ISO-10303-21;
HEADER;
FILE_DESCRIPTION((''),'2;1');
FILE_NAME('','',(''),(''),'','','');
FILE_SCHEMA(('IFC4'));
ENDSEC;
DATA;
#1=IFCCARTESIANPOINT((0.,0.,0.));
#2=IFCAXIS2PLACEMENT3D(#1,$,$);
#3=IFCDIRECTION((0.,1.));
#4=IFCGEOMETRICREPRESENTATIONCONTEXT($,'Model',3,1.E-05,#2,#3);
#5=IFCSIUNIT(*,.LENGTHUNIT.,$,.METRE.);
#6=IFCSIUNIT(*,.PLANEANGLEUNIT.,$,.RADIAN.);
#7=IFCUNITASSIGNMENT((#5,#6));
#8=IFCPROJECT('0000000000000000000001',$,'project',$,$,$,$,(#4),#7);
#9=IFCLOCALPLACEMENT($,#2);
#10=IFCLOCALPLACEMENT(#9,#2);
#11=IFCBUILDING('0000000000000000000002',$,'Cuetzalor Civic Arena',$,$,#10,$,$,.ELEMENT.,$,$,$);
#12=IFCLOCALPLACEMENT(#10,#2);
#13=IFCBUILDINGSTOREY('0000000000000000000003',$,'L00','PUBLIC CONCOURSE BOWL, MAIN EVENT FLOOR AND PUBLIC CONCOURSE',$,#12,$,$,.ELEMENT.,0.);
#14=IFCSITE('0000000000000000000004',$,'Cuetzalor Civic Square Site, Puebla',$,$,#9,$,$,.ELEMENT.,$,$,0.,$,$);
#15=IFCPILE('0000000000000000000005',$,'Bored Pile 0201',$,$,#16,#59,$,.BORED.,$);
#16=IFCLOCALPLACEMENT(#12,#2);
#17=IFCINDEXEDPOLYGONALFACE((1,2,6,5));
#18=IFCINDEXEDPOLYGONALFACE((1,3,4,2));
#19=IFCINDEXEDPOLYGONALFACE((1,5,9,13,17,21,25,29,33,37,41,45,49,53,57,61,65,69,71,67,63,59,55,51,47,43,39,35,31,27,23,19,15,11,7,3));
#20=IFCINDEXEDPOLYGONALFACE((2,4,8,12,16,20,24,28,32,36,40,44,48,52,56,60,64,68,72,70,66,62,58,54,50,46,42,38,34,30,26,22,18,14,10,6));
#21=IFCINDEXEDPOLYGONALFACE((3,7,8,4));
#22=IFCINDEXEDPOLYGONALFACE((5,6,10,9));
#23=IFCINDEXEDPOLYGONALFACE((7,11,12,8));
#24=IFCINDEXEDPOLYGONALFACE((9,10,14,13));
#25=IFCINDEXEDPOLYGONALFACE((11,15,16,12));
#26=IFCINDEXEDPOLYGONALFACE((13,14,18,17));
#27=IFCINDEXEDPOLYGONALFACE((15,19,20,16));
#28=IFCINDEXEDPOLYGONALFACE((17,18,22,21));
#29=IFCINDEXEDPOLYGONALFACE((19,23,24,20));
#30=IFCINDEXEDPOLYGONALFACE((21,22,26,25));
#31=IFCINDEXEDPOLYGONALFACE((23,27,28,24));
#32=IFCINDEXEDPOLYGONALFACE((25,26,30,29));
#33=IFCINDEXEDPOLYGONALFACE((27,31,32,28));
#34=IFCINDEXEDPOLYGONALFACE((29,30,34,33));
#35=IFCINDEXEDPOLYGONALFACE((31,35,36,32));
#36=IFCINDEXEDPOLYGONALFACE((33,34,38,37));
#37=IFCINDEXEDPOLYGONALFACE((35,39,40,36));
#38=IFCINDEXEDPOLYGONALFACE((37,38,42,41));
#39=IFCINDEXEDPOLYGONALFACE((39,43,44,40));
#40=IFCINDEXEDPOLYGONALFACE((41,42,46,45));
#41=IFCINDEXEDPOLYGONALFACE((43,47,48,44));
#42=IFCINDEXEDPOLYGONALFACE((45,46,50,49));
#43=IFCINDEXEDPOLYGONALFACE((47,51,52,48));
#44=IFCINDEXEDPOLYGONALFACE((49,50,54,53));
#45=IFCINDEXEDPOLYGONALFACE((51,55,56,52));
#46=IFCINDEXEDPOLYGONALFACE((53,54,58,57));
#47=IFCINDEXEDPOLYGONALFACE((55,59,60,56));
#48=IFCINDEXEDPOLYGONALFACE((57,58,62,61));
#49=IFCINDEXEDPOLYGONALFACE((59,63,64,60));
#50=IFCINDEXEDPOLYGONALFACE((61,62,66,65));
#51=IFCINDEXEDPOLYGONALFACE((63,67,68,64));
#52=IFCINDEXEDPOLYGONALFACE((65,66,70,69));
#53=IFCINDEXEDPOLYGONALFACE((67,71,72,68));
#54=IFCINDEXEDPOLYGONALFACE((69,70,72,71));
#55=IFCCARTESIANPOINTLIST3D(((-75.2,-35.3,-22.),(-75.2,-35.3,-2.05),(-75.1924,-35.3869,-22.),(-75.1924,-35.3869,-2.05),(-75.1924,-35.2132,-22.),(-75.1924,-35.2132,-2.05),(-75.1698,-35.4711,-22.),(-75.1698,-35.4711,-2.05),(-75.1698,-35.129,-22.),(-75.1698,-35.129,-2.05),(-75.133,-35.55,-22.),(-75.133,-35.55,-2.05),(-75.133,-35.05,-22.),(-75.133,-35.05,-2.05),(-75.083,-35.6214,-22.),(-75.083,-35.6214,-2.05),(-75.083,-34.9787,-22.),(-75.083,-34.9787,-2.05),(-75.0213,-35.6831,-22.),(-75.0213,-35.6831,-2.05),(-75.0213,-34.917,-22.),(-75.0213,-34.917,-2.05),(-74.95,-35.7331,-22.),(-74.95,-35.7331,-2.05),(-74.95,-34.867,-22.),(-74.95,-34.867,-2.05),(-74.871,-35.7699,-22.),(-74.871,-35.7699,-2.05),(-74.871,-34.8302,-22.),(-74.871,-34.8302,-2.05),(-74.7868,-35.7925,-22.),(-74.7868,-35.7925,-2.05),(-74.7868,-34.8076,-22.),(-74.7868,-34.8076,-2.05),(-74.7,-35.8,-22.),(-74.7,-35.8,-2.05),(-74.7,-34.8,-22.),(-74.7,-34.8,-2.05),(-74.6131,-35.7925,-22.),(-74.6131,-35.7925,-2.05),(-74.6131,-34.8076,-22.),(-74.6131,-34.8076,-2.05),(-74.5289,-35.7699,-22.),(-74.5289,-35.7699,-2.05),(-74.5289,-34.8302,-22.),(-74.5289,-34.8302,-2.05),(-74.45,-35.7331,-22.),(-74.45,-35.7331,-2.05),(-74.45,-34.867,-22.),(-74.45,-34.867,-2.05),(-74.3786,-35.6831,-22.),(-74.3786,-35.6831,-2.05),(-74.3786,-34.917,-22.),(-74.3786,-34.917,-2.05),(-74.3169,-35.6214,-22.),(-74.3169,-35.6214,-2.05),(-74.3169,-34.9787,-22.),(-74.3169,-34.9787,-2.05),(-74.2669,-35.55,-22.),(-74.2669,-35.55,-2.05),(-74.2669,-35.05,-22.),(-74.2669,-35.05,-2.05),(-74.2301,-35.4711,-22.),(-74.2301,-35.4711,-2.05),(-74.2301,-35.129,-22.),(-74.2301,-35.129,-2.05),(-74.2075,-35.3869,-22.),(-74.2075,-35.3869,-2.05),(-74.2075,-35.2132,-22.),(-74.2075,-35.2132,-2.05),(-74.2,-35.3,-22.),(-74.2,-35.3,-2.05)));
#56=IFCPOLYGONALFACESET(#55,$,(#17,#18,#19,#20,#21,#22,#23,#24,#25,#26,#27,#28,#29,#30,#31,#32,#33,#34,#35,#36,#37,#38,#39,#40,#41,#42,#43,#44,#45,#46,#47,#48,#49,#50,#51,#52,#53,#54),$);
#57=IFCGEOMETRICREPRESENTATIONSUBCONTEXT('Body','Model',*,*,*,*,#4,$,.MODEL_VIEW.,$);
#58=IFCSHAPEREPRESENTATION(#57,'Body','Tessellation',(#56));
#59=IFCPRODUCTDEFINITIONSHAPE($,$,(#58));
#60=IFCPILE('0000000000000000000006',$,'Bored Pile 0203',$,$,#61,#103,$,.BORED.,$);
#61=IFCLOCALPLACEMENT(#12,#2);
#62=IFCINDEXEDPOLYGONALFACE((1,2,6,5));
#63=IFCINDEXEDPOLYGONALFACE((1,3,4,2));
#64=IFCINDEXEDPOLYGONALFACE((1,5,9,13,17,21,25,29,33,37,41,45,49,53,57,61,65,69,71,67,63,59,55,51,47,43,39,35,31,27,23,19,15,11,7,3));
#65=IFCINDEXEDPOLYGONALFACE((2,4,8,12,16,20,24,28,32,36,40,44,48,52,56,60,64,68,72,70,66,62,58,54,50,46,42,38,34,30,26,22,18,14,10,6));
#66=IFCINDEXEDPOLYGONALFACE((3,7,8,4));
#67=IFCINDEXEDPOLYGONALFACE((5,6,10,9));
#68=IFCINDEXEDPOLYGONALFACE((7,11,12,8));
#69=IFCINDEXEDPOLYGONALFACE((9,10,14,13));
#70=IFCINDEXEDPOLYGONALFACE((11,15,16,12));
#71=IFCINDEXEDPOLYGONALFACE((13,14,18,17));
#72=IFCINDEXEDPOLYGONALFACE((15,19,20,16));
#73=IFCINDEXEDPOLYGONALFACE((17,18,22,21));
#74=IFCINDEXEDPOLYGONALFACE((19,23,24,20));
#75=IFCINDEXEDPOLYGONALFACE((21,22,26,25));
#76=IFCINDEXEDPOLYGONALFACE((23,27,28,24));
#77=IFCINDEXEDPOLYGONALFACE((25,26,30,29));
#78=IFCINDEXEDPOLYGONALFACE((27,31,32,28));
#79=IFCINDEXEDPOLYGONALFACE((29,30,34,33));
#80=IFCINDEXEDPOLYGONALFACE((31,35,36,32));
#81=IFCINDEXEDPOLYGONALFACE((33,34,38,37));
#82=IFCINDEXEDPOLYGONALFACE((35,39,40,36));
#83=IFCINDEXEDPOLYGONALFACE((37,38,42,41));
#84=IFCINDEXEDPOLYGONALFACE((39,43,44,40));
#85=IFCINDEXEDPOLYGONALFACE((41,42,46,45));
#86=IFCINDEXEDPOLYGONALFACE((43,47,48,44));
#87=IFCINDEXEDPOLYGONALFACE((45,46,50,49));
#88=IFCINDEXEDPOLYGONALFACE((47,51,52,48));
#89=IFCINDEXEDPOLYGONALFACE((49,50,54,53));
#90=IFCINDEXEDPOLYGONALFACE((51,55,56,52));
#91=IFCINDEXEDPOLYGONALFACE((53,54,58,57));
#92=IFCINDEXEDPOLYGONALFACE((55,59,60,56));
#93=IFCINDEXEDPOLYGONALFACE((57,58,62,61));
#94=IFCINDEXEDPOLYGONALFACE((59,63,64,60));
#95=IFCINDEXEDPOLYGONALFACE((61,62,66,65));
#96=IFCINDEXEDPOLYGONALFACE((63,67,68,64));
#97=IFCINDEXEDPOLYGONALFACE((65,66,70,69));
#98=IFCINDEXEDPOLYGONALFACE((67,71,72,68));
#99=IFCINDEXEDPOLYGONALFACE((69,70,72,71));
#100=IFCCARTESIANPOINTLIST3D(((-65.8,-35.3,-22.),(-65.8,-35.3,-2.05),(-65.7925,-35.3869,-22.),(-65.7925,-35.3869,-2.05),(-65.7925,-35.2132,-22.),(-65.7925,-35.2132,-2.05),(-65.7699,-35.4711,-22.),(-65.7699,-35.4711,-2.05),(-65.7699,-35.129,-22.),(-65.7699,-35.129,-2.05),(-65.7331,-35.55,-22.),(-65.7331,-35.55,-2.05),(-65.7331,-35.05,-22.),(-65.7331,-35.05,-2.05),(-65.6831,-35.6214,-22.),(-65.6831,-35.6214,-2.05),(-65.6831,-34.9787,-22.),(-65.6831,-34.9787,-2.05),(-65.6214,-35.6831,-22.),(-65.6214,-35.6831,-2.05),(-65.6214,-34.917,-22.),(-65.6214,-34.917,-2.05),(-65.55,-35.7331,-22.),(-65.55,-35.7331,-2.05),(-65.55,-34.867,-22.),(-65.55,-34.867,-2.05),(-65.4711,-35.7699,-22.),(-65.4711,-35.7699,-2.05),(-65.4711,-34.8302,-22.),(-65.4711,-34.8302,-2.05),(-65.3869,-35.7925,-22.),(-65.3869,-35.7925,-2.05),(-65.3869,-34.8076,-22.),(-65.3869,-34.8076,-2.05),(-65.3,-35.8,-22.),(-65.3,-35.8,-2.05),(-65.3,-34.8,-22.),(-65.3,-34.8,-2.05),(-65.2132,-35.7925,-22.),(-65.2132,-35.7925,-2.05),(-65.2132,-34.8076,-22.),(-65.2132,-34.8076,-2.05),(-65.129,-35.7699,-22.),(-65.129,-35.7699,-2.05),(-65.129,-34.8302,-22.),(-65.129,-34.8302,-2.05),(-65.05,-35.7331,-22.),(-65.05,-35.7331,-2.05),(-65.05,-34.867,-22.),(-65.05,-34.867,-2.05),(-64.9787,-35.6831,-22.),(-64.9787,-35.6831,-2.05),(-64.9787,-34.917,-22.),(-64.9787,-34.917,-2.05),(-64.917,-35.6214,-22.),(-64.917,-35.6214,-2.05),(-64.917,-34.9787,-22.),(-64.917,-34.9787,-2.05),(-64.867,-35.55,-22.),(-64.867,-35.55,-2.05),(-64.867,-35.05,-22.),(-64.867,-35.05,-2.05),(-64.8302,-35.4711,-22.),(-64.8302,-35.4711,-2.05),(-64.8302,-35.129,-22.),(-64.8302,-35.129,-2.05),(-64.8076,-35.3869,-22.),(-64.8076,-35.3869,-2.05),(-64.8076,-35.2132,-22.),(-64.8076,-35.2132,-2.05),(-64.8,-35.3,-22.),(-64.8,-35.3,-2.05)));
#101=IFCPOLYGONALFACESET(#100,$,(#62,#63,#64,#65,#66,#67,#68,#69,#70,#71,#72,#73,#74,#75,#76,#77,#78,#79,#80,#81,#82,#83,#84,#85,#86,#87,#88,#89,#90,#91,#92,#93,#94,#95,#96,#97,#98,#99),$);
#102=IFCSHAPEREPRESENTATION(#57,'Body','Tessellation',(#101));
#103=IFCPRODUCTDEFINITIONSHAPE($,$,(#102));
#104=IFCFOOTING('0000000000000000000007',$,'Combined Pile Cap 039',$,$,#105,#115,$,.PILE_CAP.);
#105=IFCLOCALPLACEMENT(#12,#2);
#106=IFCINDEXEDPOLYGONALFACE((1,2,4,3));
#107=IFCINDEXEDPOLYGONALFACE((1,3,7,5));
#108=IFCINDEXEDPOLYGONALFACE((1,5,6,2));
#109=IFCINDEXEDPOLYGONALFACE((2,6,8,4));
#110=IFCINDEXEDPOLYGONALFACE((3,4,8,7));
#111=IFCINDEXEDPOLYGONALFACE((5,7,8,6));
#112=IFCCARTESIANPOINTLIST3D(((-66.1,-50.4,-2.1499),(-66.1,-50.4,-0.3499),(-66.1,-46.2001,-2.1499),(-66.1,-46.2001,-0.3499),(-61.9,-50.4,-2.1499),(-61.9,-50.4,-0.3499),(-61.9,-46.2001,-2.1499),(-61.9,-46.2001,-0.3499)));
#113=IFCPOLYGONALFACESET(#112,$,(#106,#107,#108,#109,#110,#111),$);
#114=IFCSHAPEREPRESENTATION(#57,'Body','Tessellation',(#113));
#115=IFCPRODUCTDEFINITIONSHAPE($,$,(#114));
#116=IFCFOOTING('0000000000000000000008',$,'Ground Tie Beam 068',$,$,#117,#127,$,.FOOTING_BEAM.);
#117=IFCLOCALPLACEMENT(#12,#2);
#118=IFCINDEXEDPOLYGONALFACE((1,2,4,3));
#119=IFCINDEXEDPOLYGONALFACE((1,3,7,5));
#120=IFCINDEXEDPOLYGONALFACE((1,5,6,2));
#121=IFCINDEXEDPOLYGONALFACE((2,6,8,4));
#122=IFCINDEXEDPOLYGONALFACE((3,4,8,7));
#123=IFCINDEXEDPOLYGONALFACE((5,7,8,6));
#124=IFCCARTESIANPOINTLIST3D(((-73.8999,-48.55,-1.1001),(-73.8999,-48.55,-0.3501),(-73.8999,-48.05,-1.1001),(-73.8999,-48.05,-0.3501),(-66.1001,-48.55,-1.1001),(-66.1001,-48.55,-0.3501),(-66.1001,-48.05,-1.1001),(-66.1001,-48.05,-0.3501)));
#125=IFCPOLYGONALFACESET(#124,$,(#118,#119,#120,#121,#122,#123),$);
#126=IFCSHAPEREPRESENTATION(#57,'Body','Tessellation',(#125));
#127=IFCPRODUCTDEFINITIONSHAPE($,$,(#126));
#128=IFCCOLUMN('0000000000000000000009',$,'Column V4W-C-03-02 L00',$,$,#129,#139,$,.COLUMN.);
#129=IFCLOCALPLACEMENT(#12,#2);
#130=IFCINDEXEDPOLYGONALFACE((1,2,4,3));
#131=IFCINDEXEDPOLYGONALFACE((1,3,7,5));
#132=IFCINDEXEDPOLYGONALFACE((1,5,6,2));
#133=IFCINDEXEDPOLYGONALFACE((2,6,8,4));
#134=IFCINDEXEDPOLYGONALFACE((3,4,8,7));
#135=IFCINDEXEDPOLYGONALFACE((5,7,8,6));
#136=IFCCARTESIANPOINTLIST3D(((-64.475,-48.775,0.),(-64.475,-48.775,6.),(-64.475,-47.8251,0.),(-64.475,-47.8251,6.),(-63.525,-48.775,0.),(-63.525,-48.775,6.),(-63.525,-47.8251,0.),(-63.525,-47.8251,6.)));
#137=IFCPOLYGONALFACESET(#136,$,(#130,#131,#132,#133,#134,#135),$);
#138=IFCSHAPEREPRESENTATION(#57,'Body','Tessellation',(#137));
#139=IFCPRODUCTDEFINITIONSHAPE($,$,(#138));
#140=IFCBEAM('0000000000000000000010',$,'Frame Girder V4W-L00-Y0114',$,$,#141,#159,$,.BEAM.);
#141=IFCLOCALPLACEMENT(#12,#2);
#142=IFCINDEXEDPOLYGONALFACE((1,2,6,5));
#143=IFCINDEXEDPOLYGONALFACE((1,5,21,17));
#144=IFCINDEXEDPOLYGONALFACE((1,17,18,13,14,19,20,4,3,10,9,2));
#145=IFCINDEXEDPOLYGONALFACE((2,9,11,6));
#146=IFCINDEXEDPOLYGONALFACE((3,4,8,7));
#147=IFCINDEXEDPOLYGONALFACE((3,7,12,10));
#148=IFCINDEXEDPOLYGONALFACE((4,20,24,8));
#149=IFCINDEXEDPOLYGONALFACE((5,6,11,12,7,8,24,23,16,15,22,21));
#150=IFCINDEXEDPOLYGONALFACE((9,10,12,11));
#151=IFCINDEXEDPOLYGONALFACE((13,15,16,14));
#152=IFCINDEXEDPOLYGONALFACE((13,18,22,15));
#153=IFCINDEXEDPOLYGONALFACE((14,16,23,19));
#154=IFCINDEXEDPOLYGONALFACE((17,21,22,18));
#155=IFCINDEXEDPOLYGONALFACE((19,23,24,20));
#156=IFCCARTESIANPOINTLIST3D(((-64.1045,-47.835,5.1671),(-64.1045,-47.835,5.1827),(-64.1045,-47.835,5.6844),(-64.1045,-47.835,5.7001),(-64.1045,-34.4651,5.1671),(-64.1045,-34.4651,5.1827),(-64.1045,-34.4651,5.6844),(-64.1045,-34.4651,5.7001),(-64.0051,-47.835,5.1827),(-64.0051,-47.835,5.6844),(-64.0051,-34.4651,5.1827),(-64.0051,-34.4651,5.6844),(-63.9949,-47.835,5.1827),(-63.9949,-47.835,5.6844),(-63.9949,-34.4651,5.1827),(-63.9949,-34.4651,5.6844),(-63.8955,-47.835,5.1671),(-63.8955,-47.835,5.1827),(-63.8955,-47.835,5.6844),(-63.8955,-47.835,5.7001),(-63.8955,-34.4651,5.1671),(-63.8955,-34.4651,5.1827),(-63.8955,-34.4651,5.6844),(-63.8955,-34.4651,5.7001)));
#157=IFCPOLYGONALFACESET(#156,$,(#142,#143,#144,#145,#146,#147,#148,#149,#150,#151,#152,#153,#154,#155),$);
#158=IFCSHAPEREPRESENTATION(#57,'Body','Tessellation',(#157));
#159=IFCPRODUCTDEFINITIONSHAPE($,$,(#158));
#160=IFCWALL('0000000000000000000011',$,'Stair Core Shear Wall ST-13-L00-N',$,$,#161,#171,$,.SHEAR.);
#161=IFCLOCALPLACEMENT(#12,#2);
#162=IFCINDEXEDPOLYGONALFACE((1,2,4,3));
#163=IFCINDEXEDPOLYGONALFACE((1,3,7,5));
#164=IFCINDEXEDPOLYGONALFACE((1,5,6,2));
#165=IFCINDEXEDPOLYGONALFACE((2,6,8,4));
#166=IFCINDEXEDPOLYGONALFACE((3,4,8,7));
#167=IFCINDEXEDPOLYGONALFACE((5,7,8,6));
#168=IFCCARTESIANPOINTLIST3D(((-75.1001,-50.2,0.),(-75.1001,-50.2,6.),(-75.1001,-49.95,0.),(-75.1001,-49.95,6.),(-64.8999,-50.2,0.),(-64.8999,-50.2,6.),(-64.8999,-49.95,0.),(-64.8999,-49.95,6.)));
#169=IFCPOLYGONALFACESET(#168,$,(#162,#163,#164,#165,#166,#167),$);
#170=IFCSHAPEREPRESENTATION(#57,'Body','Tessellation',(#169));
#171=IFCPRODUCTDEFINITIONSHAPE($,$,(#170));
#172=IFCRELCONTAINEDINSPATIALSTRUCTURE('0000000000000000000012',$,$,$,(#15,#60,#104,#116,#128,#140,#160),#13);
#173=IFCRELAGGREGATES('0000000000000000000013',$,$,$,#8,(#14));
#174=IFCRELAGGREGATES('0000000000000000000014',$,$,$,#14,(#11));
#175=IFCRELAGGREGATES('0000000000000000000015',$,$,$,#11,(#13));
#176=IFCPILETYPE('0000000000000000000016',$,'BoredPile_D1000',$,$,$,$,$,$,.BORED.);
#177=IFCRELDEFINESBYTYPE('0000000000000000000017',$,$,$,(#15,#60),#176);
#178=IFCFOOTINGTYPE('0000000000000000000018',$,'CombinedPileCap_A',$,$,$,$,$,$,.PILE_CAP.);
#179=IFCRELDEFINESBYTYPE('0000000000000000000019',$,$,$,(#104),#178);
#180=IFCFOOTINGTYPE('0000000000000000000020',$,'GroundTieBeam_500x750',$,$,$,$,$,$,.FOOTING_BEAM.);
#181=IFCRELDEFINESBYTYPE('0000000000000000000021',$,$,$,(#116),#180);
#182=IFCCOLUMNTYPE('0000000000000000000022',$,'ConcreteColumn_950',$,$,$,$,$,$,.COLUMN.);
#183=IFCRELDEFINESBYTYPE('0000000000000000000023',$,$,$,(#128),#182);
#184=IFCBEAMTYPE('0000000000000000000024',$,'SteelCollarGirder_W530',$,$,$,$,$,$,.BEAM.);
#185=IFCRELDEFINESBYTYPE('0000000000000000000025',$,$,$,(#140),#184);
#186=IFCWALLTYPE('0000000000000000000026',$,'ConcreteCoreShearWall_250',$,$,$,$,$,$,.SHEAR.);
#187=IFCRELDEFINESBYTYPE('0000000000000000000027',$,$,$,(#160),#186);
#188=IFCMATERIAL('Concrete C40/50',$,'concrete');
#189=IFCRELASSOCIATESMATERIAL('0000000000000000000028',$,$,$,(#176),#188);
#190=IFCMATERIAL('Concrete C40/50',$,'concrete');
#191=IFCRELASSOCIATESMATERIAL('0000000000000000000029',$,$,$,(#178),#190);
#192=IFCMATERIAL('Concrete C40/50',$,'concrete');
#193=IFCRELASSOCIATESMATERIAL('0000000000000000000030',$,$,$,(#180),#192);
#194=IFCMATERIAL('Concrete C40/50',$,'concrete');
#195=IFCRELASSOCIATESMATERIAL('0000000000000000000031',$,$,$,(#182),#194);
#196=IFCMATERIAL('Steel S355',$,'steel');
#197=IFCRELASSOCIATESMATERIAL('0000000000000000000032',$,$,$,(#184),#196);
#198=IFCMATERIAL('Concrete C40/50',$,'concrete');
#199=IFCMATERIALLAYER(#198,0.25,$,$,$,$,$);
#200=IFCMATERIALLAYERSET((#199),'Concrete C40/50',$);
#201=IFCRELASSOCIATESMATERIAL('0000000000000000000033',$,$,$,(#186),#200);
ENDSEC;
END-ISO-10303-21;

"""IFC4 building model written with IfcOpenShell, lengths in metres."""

from ifc_helpers import new_model, si_unit, direction, frame, frame_2d, origin, origin_2d, place, context, subcontext, project, spatial, rectangle, circle, i_section, extrude, material, layer, layer_set, material_profile, profile_set, type_object, element, save


model = new_model("IFC4")

# Units and contexts
model_context = context("Model", 3, precision=1e-05, world=origin(), true_north=direction((0.0, 1.0)))
body_context = subcontext(model_context, "Body", "Model", "MODEL_VIEW")
ifc_project = project(units=[si_unit("LENGTHUNIT", "METRE"), si_unit("PLANEANGLEUNIT", "RADIAN")], contexts=[model_context])

# Site, building, storey
site_placement = place(None, origin())
site = spatial("IfcSite", under=ifc_project, at=site_placement, Name="Cuetzalor Civic Square Site, Puebla", CompositionType="ELEMENT", RefElevation=0.0)
building_placement = place(site_placement, origin())
building = spatial("IfcBuilding", under=site, at=building_placement, Name="Cuetzalor Civic Arena", CompositionType="ELEMENT")
storey_placement = place(building_placement, origin())
storey = spatial("IfcBuildingStorey", under=building, at=storey_placement, Name="L00", Description="PUBLIC CONCOURSE BOWL, MAIN EVENT FLOOR AND PUBLIC CONCOURSE", CompositionType="ELEMENT", Elevation=0.0)

# Piles
ifc_material_1 = material(Name="Concrete C40/50", Category="concrete")
ifc_material_profile_1 = material_profile(ifc_material_1, circle(Radius=0.5, at=origin_2d()), Name="BORED PILE D1000")
ifc_profile_set_1 = profile_set([ifc_material_profile_1], Name="Concrete C40/50")
pile_type = type_object("IfcPileType", Name="BoredPile_D1000", PredefinedType="BORED", material=ifc_profile_set_1)
for number, where, z_axis, x_axis, name in (
    (1, (-74.7, -35.3, -2.05), (0.0, 0.0, -1.0), (1.0, 0.0, 0.0), "Bored Pile 0201"),
    (2, (-65.3, -35.3, -2.05), (0.0, 0.0, -1.0), (1.0, 0.0, 0.0), "Bored Pile 0203"),
):
    element("IfcPile", number, at=place(storey_placement, frame(where, z_axis=z_axis, x_axis=x_axis)), inside=storey, type_object=pile_type, Name=name, PredefinedType="BORED", context=body_context, shape_type="SweptSolid", body=[
        extrude(circle(Radius=0.5, at=origin_2d()), origin(), (0.0, 0.0, 1.0), 19.95),
    ])

# Footings
ifc_material_2 = material(Name="Concrete C40/50", Category="concrete")
footing_type_1 = type_object("IfcFootingType", Name="CombinedPileCap_A", PredefinedType="PILE_CAP", material=ifc_material_2)
footing_1_placement = place(storey_placement, frame((-64.0, -48.3, -2.1499), z_axis=(0.0, 0.0, 1.0), x_axis=(1.0, 0.0, 0.0)))
element("IfcFooting", 3, at=footing_1_placement, inside=storey, type_object=footing_type_1, Name="Combined Pile Cap 039", PredefinedType="PILE_CAP", context=body_context, shape_type="SweptSolid", body=[
    extrude(rectangle(XDim=4.2, YDim=4.2, at=origin_2d()), origin(), (0.0, 0.0, 1.0), 1.8),
])
ifc_material_3 = material(Name="Concrete C40/50", Category="concrete")
ifc_material_profile_2 = material_profile(ifc_material_3, rectangle(XDim=0.5, YDim=0.75, at=origin_2d()), Name="RC 500x750")
ifc_profile_set_2 = profile_set([ifc_material_profile_2], Name="Concrete C40/50")
footing_type_2 = type_object("IfcFootingType", Name="GroundTieBeam_500x750", PredefinedType="FOOTING_BEAM", material=ifc_profile_set_2)
footing_2_placement = place(storey_placement, frame((-73.8999, -48.3, -0.7251), z_axis=(1.0, 0.0, 0.0), x_axis=(0.0, 1.0, 0.0)))
element("IfcFooting", 4, at=footing_2_placement, inside=storey, type_object=footing_type_2, Name="Ground Tie Beam 068", PredefinedType="FOOTING_BEAM", context=body_context, shape_type="SweptSolid", body=[
    extrude(rectangle(XDim=0.5, YDim=0.75, at=origin_2d()), origin(), (0.0, 0.0, 1.0), 7.7998),
])

# Column
ifc_material_4 = material(Name="Concrete C40/50", Category="concrete")
ifc_material_profile_3 = material_profile(ifc_material_4, rectangle(XDim=0.95, YDim=0.95, at=origin_2d()), Name="RC 950x950")
ifc_profile_set_3 = profile_set([ifc_material_profile_3], Name="Concrete C40/50")
column_type = type_object("IfcColumnType", Name="ConcreteColumn_950", PredefinedType="COLUMN", material=ifc_profile_set_3)
column_placement = place(storey_placement, frame((-64.0, -48.3, 0.0), z_axis=(0.0, 0.0, 1.0), x_axis=(1.0, 0.0, 0.0)))
element("IfcColumn", 5, at=column_placement, inside=storey, type_object=column_type, Name="Column V4W-C-03-02 L00", PredefinedType="COLUMN", context=body_context, shape_type="SweptSolid", body=[
    extrude(rectangle(XDim=0.95, YDim=0.95, at=origin_2d()), origin(), (0.0, 0.0, 1.0), 6.0),
])

# Beam
ifc_material_5 = material(Name="Steel S355", Category="steel")
ifc_material_profile_4 = material_profile(ifc_material_5, i_section(OverallWidth=0.209, OverallDepth=0.533, WebThickness=0.0103, FlangeThickness=0.0156, at=origin_2d()), Name="W530x92")
ifc_profile_set_4 = profile_set([ifc_material_profile_4], Name="Steel S355")
beam_type = type_object("IfcBeamType", Name="SteelCollarGirder_W530", PredefinedType="BEAM", material=ifc_profile_set_4)
beam_placement = place(storey_placement, frame((-64.0, -47.835, 5.4336), z_axis=(0.0, 1.0, 0.0), x_axis=(-1.0, 0.0, 0.0)))
element("IfcBeam", 6, at=beam_placement, inside=storey, type_object=beam_type, Name="Frame Girder V4W-L00-Y0114", PredefinedType="BEAM", context=body_context, shape_type="SweptSolid", body=[
    extrude(i_section(OverallWidth=0.209, OverallDepth=0.533, WebThickness=0.0103, FlangeThickness=0.0156, at=origin_2d()), origin(), (0.0, 0.0, 1.0), 13.3699),
])

# Wall
ifc_material_6 = material(Name="Concrete C40/50", Category="concrete")
ifc_layer = layer(ifc_material_6, 0.25)
ifc_layer_set = layer_set([ifc_layer], Name="Concrete C40/50")
wall_type = type_object("IfcWallType", Name="ConcreteCoreShearWall_250", PredefinedType="SHEAR", material=ifc_layer_set)
wall_1_placement = place(storey_placement, frame((-75.1001, -50.075, 0.0), z_axis=(0.0, 0.0, 1.0), x_axis=(1.0, 0.0, 0.0)))
element("IfcWall", 7, at=wall_1_placement, inside=storey, type_object=wall_type, Name="Stair Core Shear Wall ST-13-L00-N", PredefinedType="SHEAR", context=body_context, shape_type="SweptSolid", body=[
    extrude(rectangle(XDim=10.2002, YDim=0.25, at=frame_2d((5.1001, 0.0))), origin(), (0.0, 0.0, 1.0), 6.0),
])

save(model, "model.ifc")
